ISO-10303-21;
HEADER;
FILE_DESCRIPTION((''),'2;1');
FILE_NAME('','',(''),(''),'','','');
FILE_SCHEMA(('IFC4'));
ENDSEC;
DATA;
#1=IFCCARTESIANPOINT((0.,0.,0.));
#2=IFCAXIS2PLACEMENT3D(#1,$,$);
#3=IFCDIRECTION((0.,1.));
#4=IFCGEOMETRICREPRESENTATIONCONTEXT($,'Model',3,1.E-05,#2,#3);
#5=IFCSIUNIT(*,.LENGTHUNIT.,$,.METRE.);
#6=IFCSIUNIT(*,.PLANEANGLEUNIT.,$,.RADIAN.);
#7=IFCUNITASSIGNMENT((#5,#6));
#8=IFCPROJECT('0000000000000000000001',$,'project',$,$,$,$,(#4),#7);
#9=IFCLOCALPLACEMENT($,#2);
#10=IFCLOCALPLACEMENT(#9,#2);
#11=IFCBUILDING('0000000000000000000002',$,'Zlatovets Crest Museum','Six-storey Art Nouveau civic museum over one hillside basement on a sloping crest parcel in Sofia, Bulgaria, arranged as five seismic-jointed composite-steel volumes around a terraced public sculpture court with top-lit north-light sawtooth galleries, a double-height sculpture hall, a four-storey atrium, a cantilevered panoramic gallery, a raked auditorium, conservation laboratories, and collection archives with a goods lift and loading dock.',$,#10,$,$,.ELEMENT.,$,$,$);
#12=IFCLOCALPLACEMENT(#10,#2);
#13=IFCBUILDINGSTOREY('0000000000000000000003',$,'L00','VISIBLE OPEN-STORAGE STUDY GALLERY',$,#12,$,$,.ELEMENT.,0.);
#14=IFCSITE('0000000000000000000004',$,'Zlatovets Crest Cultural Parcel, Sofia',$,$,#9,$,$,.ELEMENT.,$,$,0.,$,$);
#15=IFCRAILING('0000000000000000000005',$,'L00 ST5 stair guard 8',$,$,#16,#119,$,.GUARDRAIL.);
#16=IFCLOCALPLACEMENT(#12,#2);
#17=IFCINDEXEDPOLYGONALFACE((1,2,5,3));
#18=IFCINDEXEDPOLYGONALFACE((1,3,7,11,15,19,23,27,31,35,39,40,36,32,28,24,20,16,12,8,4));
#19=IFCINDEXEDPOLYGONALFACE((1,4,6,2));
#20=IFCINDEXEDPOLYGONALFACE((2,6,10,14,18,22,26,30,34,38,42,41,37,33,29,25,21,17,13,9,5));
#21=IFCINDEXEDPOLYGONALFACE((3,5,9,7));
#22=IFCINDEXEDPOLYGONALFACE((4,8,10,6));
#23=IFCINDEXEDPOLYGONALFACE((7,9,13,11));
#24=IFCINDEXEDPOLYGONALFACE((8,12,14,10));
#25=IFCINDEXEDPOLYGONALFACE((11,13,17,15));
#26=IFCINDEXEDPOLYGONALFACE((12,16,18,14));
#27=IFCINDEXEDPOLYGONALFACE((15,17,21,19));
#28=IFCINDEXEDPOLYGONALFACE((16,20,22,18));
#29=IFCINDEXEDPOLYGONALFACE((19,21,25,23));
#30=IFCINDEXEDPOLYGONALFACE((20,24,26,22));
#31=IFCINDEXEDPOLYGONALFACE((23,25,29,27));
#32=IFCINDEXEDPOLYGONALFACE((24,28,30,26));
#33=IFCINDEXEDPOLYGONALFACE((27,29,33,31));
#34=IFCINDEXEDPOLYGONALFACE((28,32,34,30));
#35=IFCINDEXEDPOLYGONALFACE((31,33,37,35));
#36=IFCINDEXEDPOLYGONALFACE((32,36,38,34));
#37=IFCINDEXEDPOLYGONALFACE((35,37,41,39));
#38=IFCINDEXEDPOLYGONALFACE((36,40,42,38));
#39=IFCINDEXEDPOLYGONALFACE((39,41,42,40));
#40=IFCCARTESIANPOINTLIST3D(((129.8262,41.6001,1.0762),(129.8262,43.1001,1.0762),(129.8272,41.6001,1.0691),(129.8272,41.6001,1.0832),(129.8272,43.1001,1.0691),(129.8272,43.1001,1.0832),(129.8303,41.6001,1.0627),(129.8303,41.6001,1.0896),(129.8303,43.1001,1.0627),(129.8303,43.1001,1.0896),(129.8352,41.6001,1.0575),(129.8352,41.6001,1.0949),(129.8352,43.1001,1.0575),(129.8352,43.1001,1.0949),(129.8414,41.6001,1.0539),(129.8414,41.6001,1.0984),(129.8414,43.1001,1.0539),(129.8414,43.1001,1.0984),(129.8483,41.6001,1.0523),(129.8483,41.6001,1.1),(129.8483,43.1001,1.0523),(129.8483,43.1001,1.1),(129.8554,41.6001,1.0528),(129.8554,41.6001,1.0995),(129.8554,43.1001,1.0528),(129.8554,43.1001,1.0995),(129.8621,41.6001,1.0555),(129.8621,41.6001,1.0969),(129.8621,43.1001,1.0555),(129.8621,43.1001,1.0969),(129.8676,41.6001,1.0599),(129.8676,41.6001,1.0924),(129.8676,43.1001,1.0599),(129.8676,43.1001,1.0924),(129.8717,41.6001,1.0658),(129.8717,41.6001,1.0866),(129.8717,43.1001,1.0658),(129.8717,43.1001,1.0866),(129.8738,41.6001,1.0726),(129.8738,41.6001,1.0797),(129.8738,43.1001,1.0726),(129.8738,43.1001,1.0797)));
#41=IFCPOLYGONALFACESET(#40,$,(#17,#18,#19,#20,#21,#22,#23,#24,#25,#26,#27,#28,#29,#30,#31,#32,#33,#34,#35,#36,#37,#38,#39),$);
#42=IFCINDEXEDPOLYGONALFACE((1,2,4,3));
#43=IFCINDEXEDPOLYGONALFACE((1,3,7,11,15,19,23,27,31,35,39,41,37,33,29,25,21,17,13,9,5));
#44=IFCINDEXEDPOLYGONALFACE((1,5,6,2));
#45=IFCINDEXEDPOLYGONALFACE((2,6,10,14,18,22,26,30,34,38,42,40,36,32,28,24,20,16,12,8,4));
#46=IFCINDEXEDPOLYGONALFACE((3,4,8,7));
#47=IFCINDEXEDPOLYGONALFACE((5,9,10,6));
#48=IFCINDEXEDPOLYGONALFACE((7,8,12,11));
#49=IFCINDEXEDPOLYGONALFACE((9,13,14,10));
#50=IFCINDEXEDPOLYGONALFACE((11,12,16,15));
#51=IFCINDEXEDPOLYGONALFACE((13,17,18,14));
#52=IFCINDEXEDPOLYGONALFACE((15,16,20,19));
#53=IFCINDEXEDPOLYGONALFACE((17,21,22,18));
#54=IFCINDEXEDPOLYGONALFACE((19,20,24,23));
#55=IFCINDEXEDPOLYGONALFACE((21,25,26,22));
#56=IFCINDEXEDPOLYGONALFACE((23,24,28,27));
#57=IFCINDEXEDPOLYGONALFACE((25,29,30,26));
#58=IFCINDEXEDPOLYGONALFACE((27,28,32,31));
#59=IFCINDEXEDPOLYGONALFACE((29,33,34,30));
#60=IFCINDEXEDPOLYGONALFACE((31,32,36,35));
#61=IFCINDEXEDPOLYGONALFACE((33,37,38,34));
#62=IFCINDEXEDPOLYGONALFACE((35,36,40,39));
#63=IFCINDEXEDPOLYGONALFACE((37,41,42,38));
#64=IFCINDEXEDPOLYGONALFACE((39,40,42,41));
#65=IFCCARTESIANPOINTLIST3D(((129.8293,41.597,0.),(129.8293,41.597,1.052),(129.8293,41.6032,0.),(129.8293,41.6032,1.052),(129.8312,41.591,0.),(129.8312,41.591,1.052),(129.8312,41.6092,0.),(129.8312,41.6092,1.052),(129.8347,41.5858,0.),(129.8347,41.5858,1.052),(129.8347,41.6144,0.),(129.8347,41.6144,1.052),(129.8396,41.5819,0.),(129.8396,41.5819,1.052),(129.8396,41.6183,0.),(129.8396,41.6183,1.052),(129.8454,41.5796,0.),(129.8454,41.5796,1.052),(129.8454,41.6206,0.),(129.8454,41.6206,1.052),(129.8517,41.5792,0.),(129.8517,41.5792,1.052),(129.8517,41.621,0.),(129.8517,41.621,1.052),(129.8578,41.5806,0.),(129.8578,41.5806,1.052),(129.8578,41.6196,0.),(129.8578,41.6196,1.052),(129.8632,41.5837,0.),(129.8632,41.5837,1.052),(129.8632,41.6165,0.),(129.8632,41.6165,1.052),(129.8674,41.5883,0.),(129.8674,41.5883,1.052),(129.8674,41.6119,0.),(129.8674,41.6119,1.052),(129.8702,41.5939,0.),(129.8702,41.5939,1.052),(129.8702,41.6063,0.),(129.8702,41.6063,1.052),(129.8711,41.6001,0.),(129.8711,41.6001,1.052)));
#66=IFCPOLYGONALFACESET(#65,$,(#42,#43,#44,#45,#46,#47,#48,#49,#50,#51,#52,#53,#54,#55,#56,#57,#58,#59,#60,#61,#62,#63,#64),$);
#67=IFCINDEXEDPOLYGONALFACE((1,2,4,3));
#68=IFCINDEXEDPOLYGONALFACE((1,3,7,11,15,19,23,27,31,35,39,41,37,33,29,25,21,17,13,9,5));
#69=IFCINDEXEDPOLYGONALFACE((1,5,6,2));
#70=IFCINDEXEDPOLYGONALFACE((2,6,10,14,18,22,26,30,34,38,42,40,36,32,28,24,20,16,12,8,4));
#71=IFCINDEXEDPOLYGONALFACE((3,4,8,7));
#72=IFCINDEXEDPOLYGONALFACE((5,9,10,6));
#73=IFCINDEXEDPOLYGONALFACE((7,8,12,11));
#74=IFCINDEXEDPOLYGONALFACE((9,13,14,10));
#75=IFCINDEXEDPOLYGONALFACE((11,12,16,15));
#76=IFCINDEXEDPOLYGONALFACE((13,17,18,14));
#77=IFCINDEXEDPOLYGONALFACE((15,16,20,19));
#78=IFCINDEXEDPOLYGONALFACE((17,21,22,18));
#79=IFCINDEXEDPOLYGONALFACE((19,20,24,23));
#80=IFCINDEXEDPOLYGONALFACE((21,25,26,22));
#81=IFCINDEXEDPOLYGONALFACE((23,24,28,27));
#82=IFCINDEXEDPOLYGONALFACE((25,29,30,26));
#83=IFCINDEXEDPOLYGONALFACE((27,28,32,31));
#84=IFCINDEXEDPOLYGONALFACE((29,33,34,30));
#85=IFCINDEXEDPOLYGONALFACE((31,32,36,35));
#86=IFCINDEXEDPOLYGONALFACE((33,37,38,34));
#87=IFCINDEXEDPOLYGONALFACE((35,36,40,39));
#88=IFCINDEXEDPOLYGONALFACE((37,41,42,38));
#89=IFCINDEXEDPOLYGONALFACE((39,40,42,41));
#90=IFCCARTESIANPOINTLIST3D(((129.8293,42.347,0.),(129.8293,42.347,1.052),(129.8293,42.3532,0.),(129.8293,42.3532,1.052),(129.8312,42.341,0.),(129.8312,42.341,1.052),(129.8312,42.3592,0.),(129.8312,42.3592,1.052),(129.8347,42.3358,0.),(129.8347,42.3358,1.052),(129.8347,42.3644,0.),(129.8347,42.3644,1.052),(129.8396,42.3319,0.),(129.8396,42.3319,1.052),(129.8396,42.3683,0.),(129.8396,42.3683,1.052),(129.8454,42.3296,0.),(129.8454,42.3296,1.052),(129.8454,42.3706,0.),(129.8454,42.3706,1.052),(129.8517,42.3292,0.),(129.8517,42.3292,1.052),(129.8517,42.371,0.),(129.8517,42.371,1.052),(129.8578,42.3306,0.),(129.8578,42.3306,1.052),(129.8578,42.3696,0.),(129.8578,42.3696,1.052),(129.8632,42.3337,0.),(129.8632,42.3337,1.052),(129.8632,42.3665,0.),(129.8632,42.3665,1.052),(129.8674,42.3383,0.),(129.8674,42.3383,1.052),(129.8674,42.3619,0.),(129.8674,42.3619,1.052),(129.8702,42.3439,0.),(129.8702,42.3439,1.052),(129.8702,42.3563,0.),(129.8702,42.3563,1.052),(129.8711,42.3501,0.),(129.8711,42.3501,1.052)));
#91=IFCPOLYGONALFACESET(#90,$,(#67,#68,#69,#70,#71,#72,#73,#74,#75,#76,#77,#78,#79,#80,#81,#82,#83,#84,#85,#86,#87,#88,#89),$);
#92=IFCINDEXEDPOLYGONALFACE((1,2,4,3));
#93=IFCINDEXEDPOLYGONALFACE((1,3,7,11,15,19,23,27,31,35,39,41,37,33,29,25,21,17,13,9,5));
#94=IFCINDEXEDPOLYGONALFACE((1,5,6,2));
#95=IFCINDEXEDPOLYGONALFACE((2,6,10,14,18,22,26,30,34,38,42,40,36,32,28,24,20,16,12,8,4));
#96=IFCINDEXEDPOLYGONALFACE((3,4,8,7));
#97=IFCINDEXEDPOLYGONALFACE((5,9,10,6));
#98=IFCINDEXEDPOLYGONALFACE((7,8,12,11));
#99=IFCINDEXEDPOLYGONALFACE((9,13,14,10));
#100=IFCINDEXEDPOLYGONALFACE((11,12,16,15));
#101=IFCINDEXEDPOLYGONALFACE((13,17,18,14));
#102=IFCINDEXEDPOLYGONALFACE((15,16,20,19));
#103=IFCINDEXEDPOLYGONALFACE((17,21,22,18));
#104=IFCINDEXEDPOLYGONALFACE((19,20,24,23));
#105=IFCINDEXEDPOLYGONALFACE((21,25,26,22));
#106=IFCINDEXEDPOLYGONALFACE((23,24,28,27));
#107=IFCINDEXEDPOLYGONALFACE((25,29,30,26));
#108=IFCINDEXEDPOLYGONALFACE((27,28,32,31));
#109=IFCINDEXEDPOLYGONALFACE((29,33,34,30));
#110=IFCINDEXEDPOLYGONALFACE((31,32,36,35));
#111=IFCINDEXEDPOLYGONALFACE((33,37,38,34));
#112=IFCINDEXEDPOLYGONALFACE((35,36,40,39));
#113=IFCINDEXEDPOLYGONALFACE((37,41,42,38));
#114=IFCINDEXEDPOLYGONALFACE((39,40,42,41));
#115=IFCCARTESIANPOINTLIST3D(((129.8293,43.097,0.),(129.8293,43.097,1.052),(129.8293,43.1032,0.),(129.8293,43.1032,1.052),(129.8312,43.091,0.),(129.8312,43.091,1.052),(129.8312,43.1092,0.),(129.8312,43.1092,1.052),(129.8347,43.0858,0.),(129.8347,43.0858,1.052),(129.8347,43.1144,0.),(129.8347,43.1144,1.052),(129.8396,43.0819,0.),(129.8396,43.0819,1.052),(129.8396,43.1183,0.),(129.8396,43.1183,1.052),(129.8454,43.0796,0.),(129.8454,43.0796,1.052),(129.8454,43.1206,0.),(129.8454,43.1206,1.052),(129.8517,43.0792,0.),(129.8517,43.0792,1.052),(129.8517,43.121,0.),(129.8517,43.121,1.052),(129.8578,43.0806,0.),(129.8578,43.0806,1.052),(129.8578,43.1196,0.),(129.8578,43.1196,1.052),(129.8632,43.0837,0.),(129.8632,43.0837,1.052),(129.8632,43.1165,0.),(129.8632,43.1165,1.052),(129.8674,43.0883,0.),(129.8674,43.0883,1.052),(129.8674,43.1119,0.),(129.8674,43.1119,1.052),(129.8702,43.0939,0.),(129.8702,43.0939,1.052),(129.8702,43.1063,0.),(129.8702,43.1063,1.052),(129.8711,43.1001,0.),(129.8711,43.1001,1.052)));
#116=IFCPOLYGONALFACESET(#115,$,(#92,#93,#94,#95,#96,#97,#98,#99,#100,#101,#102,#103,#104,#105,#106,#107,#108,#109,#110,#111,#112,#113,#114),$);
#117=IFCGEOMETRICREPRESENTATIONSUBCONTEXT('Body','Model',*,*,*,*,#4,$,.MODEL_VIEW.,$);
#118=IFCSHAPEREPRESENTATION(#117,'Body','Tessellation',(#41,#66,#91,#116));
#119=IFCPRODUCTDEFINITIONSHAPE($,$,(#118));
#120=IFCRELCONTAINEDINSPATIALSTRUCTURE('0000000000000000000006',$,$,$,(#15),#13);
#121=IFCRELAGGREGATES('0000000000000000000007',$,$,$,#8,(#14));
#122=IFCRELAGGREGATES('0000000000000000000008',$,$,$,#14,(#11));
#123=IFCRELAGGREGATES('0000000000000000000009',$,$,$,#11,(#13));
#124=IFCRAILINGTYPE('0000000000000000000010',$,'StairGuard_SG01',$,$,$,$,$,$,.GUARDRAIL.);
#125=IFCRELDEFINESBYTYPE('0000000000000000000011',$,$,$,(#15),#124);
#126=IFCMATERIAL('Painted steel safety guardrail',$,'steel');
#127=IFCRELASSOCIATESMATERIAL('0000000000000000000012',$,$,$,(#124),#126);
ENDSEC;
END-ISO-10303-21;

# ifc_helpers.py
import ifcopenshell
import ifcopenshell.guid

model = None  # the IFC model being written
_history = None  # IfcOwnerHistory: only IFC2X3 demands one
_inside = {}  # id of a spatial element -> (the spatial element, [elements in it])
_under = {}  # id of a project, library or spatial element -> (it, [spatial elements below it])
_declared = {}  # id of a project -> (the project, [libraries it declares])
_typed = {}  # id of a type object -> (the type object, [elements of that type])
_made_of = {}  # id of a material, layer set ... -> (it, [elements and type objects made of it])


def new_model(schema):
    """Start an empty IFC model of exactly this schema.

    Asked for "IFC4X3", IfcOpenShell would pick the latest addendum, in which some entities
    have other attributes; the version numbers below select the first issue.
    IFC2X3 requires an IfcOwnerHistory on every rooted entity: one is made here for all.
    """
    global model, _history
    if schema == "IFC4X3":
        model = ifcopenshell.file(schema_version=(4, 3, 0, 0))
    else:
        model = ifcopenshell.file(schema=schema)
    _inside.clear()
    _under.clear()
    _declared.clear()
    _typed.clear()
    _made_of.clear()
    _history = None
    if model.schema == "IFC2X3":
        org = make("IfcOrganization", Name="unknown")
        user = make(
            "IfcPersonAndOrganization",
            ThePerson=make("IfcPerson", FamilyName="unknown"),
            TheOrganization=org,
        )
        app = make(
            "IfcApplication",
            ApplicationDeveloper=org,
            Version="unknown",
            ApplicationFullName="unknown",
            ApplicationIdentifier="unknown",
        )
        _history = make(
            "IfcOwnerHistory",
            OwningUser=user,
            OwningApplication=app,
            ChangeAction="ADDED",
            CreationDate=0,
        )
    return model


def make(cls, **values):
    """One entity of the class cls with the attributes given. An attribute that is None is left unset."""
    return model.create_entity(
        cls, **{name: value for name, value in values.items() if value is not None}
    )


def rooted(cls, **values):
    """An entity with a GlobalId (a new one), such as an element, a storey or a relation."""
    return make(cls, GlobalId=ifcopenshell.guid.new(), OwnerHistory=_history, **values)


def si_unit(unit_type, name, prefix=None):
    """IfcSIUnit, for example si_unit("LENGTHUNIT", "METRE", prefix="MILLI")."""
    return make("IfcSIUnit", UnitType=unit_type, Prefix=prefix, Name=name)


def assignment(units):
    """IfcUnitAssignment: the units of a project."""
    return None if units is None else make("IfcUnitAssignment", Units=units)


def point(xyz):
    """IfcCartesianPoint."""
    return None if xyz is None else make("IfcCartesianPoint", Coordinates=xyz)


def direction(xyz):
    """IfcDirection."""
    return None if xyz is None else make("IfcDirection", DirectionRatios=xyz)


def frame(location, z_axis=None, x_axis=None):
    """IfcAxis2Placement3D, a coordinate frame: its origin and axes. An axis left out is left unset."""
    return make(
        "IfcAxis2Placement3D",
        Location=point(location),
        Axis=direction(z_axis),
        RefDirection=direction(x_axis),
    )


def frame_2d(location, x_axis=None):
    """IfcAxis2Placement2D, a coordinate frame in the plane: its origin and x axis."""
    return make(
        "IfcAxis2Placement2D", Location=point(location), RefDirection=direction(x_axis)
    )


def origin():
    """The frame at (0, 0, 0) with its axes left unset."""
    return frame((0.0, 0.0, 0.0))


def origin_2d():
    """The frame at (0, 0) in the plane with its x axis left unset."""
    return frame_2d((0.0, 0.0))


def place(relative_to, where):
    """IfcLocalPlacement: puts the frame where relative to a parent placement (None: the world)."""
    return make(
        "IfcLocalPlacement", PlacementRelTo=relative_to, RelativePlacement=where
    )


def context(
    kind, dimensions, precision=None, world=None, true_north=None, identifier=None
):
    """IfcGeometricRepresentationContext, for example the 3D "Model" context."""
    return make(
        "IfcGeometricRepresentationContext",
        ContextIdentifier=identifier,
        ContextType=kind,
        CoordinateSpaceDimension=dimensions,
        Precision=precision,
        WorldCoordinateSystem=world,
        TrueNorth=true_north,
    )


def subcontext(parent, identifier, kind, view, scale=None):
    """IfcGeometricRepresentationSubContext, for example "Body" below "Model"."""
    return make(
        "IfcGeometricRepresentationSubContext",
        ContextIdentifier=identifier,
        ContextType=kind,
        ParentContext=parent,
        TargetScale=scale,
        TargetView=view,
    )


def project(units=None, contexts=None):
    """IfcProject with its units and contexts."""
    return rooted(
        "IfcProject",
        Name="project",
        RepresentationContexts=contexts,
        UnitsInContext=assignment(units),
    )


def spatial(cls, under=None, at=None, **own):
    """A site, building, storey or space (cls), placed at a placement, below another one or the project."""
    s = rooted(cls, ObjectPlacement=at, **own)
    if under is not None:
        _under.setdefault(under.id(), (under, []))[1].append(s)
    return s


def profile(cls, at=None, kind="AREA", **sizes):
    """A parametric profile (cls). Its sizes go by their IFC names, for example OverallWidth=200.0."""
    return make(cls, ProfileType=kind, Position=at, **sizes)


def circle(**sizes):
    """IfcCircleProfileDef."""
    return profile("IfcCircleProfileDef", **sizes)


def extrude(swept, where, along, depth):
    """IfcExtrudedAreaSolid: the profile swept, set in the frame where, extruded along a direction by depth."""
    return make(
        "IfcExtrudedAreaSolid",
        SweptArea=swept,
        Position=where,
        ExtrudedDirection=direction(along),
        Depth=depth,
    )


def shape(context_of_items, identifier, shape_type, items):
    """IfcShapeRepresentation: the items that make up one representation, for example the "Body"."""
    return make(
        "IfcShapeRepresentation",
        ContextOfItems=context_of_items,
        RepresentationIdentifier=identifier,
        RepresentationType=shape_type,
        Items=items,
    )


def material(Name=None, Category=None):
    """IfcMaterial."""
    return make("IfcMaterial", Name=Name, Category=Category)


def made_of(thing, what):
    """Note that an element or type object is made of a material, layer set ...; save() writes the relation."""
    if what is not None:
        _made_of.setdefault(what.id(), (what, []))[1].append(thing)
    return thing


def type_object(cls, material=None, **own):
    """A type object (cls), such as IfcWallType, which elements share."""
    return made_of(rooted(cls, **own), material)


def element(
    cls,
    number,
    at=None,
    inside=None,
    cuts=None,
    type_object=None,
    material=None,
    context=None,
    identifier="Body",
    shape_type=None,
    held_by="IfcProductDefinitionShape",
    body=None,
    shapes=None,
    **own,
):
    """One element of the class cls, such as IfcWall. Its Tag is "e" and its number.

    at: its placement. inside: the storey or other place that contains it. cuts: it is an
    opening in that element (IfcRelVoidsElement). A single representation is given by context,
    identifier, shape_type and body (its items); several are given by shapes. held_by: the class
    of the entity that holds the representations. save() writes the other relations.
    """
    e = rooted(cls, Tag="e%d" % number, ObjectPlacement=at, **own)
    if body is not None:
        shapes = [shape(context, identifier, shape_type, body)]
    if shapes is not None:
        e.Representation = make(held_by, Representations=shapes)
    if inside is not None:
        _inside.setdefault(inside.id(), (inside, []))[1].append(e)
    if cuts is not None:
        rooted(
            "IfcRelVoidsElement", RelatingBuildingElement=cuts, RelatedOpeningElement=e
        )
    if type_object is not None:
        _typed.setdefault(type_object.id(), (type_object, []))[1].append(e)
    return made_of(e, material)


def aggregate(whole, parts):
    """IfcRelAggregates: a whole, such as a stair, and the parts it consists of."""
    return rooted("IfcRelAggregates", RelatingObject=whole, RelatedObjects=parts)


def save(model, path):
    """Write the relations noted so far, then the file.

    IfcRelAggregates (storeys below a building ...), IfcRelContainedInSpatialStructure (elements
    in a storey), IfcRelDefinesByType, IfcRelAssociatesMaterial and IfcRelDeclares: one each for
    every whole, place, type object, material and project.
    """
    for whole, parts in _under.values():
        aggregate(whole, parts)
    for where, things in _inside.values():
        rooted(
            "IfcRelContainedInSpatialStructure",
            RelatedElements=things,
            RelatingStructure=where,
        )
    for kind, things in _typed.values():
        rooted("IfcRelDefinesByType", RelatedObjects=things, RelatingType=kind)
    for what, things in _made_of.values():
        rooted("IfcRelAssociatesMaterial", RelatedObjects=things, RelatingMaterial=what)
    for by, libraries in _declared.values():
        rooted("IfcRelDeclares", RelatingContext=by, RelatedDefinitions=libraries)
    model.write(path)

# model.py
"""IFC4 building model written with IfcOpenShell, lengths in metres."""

from ifc_helpers import new_model, si_unit, direction, frame, origin, origin_2d, place, context, subcontext, project, spatial, circle, extrude, material, type_object, element, save


model = new_model("IFC4")

# Units and contexts
model_context = context("Model", 3, precision=1e-05, world=origin(), true_north=direction((0.0, 1.0)))
body_context = subcontext(model_context, "Body", "Model", "MODEL_VIEW")
ifc_project = project(units=[si_unit("LENGTHUNIT", "METRE"), si_unit("PLANEANGLEUNIT", "RADIAN")], contexts=[model_context])

# Site, building, storey
site_placement = place(None, origin())
site = spatial("IfcSite", under=ifc_project, at=site_placement, Name="Zlatovets Crest Cultural Parcel, Sofia", CompositionType="ELEMENT", RefElevation=0.0)
building_placement = place(site_placement, origin())
building = spatial("IfcBuilding", under=site, at=building_placement, Name="Zlatovets Crest Museum", Description="Six-storey Art Nouveau civic museum over one hillside basement on a sloping crest parcel in Sofia, Bulgaria, arranged as five seismic-jointed composite-steel volumes around a terraced public sculpture court with top-lit north-light sawtooth galleries, a double-height sculpture hall, a four-storey atrium, a cantilevered panoramic gallery, a raked auditorium, conservation laboratories, and collection archives with a goods lift and loading dock.", CompositionType="ELEMENT")
storey_placement = place(building_placement, origin())
storey = spatial("IfcBuildingStorey", under=building, at=storey_placement, Name="L00", Description="VISIBLE OPEN-STORAGE STUDY GALLERY", CompositionType="ELEMENT", Elevation=0.0)

# Railing
ifc_material_1 = material(Name="Painted steel safety guardrail", Category="steel")
railing_type_1 = type_object("IfcRailingType", Name="StairGuard_SG01", PredefinedType="GUARDRAIL", material=ifc_material_1)
for number, where, name in (
    (1, (129.8501, 41.6001, 0.0), "L00 ST5 stair guard 8"),
):
    element("IfcRailing", number, at=place(storey_placement, frame(where)), inside=storey, type_object=railing_type_1, Name=name, PredefinedType="GUARDRAIL", context=body_context, shape_type="SweptSolid", body=[
        extrude(circle(Radius=0.0239, at=origin_2d()), frame((0.0, 0.0, 1.0762), z_axis=(0.0, 1.0, 0.0), x_axis=(-1.0, 0.0, 0.0)), (0.0, 0.0, 1.0), 1.5),
        extrude(circle(Radius=0.021, at=origin_2d()), origin(), (0.0, 0.0, 1.0), 1.052),
        extrude(circle(Radius=0.021, at=origin_2d()), frame((0.0, 0.75, 0.0)), (0.0, 0.0, 1.0), 1.052),
        extrude(circle(Radius=0.021, at=origin_2d()), frame((0.0, 1.5, 0.0)), (0.0, 0.0, 1.0), 1.052),
    ])

save(model, "model.ifc")
